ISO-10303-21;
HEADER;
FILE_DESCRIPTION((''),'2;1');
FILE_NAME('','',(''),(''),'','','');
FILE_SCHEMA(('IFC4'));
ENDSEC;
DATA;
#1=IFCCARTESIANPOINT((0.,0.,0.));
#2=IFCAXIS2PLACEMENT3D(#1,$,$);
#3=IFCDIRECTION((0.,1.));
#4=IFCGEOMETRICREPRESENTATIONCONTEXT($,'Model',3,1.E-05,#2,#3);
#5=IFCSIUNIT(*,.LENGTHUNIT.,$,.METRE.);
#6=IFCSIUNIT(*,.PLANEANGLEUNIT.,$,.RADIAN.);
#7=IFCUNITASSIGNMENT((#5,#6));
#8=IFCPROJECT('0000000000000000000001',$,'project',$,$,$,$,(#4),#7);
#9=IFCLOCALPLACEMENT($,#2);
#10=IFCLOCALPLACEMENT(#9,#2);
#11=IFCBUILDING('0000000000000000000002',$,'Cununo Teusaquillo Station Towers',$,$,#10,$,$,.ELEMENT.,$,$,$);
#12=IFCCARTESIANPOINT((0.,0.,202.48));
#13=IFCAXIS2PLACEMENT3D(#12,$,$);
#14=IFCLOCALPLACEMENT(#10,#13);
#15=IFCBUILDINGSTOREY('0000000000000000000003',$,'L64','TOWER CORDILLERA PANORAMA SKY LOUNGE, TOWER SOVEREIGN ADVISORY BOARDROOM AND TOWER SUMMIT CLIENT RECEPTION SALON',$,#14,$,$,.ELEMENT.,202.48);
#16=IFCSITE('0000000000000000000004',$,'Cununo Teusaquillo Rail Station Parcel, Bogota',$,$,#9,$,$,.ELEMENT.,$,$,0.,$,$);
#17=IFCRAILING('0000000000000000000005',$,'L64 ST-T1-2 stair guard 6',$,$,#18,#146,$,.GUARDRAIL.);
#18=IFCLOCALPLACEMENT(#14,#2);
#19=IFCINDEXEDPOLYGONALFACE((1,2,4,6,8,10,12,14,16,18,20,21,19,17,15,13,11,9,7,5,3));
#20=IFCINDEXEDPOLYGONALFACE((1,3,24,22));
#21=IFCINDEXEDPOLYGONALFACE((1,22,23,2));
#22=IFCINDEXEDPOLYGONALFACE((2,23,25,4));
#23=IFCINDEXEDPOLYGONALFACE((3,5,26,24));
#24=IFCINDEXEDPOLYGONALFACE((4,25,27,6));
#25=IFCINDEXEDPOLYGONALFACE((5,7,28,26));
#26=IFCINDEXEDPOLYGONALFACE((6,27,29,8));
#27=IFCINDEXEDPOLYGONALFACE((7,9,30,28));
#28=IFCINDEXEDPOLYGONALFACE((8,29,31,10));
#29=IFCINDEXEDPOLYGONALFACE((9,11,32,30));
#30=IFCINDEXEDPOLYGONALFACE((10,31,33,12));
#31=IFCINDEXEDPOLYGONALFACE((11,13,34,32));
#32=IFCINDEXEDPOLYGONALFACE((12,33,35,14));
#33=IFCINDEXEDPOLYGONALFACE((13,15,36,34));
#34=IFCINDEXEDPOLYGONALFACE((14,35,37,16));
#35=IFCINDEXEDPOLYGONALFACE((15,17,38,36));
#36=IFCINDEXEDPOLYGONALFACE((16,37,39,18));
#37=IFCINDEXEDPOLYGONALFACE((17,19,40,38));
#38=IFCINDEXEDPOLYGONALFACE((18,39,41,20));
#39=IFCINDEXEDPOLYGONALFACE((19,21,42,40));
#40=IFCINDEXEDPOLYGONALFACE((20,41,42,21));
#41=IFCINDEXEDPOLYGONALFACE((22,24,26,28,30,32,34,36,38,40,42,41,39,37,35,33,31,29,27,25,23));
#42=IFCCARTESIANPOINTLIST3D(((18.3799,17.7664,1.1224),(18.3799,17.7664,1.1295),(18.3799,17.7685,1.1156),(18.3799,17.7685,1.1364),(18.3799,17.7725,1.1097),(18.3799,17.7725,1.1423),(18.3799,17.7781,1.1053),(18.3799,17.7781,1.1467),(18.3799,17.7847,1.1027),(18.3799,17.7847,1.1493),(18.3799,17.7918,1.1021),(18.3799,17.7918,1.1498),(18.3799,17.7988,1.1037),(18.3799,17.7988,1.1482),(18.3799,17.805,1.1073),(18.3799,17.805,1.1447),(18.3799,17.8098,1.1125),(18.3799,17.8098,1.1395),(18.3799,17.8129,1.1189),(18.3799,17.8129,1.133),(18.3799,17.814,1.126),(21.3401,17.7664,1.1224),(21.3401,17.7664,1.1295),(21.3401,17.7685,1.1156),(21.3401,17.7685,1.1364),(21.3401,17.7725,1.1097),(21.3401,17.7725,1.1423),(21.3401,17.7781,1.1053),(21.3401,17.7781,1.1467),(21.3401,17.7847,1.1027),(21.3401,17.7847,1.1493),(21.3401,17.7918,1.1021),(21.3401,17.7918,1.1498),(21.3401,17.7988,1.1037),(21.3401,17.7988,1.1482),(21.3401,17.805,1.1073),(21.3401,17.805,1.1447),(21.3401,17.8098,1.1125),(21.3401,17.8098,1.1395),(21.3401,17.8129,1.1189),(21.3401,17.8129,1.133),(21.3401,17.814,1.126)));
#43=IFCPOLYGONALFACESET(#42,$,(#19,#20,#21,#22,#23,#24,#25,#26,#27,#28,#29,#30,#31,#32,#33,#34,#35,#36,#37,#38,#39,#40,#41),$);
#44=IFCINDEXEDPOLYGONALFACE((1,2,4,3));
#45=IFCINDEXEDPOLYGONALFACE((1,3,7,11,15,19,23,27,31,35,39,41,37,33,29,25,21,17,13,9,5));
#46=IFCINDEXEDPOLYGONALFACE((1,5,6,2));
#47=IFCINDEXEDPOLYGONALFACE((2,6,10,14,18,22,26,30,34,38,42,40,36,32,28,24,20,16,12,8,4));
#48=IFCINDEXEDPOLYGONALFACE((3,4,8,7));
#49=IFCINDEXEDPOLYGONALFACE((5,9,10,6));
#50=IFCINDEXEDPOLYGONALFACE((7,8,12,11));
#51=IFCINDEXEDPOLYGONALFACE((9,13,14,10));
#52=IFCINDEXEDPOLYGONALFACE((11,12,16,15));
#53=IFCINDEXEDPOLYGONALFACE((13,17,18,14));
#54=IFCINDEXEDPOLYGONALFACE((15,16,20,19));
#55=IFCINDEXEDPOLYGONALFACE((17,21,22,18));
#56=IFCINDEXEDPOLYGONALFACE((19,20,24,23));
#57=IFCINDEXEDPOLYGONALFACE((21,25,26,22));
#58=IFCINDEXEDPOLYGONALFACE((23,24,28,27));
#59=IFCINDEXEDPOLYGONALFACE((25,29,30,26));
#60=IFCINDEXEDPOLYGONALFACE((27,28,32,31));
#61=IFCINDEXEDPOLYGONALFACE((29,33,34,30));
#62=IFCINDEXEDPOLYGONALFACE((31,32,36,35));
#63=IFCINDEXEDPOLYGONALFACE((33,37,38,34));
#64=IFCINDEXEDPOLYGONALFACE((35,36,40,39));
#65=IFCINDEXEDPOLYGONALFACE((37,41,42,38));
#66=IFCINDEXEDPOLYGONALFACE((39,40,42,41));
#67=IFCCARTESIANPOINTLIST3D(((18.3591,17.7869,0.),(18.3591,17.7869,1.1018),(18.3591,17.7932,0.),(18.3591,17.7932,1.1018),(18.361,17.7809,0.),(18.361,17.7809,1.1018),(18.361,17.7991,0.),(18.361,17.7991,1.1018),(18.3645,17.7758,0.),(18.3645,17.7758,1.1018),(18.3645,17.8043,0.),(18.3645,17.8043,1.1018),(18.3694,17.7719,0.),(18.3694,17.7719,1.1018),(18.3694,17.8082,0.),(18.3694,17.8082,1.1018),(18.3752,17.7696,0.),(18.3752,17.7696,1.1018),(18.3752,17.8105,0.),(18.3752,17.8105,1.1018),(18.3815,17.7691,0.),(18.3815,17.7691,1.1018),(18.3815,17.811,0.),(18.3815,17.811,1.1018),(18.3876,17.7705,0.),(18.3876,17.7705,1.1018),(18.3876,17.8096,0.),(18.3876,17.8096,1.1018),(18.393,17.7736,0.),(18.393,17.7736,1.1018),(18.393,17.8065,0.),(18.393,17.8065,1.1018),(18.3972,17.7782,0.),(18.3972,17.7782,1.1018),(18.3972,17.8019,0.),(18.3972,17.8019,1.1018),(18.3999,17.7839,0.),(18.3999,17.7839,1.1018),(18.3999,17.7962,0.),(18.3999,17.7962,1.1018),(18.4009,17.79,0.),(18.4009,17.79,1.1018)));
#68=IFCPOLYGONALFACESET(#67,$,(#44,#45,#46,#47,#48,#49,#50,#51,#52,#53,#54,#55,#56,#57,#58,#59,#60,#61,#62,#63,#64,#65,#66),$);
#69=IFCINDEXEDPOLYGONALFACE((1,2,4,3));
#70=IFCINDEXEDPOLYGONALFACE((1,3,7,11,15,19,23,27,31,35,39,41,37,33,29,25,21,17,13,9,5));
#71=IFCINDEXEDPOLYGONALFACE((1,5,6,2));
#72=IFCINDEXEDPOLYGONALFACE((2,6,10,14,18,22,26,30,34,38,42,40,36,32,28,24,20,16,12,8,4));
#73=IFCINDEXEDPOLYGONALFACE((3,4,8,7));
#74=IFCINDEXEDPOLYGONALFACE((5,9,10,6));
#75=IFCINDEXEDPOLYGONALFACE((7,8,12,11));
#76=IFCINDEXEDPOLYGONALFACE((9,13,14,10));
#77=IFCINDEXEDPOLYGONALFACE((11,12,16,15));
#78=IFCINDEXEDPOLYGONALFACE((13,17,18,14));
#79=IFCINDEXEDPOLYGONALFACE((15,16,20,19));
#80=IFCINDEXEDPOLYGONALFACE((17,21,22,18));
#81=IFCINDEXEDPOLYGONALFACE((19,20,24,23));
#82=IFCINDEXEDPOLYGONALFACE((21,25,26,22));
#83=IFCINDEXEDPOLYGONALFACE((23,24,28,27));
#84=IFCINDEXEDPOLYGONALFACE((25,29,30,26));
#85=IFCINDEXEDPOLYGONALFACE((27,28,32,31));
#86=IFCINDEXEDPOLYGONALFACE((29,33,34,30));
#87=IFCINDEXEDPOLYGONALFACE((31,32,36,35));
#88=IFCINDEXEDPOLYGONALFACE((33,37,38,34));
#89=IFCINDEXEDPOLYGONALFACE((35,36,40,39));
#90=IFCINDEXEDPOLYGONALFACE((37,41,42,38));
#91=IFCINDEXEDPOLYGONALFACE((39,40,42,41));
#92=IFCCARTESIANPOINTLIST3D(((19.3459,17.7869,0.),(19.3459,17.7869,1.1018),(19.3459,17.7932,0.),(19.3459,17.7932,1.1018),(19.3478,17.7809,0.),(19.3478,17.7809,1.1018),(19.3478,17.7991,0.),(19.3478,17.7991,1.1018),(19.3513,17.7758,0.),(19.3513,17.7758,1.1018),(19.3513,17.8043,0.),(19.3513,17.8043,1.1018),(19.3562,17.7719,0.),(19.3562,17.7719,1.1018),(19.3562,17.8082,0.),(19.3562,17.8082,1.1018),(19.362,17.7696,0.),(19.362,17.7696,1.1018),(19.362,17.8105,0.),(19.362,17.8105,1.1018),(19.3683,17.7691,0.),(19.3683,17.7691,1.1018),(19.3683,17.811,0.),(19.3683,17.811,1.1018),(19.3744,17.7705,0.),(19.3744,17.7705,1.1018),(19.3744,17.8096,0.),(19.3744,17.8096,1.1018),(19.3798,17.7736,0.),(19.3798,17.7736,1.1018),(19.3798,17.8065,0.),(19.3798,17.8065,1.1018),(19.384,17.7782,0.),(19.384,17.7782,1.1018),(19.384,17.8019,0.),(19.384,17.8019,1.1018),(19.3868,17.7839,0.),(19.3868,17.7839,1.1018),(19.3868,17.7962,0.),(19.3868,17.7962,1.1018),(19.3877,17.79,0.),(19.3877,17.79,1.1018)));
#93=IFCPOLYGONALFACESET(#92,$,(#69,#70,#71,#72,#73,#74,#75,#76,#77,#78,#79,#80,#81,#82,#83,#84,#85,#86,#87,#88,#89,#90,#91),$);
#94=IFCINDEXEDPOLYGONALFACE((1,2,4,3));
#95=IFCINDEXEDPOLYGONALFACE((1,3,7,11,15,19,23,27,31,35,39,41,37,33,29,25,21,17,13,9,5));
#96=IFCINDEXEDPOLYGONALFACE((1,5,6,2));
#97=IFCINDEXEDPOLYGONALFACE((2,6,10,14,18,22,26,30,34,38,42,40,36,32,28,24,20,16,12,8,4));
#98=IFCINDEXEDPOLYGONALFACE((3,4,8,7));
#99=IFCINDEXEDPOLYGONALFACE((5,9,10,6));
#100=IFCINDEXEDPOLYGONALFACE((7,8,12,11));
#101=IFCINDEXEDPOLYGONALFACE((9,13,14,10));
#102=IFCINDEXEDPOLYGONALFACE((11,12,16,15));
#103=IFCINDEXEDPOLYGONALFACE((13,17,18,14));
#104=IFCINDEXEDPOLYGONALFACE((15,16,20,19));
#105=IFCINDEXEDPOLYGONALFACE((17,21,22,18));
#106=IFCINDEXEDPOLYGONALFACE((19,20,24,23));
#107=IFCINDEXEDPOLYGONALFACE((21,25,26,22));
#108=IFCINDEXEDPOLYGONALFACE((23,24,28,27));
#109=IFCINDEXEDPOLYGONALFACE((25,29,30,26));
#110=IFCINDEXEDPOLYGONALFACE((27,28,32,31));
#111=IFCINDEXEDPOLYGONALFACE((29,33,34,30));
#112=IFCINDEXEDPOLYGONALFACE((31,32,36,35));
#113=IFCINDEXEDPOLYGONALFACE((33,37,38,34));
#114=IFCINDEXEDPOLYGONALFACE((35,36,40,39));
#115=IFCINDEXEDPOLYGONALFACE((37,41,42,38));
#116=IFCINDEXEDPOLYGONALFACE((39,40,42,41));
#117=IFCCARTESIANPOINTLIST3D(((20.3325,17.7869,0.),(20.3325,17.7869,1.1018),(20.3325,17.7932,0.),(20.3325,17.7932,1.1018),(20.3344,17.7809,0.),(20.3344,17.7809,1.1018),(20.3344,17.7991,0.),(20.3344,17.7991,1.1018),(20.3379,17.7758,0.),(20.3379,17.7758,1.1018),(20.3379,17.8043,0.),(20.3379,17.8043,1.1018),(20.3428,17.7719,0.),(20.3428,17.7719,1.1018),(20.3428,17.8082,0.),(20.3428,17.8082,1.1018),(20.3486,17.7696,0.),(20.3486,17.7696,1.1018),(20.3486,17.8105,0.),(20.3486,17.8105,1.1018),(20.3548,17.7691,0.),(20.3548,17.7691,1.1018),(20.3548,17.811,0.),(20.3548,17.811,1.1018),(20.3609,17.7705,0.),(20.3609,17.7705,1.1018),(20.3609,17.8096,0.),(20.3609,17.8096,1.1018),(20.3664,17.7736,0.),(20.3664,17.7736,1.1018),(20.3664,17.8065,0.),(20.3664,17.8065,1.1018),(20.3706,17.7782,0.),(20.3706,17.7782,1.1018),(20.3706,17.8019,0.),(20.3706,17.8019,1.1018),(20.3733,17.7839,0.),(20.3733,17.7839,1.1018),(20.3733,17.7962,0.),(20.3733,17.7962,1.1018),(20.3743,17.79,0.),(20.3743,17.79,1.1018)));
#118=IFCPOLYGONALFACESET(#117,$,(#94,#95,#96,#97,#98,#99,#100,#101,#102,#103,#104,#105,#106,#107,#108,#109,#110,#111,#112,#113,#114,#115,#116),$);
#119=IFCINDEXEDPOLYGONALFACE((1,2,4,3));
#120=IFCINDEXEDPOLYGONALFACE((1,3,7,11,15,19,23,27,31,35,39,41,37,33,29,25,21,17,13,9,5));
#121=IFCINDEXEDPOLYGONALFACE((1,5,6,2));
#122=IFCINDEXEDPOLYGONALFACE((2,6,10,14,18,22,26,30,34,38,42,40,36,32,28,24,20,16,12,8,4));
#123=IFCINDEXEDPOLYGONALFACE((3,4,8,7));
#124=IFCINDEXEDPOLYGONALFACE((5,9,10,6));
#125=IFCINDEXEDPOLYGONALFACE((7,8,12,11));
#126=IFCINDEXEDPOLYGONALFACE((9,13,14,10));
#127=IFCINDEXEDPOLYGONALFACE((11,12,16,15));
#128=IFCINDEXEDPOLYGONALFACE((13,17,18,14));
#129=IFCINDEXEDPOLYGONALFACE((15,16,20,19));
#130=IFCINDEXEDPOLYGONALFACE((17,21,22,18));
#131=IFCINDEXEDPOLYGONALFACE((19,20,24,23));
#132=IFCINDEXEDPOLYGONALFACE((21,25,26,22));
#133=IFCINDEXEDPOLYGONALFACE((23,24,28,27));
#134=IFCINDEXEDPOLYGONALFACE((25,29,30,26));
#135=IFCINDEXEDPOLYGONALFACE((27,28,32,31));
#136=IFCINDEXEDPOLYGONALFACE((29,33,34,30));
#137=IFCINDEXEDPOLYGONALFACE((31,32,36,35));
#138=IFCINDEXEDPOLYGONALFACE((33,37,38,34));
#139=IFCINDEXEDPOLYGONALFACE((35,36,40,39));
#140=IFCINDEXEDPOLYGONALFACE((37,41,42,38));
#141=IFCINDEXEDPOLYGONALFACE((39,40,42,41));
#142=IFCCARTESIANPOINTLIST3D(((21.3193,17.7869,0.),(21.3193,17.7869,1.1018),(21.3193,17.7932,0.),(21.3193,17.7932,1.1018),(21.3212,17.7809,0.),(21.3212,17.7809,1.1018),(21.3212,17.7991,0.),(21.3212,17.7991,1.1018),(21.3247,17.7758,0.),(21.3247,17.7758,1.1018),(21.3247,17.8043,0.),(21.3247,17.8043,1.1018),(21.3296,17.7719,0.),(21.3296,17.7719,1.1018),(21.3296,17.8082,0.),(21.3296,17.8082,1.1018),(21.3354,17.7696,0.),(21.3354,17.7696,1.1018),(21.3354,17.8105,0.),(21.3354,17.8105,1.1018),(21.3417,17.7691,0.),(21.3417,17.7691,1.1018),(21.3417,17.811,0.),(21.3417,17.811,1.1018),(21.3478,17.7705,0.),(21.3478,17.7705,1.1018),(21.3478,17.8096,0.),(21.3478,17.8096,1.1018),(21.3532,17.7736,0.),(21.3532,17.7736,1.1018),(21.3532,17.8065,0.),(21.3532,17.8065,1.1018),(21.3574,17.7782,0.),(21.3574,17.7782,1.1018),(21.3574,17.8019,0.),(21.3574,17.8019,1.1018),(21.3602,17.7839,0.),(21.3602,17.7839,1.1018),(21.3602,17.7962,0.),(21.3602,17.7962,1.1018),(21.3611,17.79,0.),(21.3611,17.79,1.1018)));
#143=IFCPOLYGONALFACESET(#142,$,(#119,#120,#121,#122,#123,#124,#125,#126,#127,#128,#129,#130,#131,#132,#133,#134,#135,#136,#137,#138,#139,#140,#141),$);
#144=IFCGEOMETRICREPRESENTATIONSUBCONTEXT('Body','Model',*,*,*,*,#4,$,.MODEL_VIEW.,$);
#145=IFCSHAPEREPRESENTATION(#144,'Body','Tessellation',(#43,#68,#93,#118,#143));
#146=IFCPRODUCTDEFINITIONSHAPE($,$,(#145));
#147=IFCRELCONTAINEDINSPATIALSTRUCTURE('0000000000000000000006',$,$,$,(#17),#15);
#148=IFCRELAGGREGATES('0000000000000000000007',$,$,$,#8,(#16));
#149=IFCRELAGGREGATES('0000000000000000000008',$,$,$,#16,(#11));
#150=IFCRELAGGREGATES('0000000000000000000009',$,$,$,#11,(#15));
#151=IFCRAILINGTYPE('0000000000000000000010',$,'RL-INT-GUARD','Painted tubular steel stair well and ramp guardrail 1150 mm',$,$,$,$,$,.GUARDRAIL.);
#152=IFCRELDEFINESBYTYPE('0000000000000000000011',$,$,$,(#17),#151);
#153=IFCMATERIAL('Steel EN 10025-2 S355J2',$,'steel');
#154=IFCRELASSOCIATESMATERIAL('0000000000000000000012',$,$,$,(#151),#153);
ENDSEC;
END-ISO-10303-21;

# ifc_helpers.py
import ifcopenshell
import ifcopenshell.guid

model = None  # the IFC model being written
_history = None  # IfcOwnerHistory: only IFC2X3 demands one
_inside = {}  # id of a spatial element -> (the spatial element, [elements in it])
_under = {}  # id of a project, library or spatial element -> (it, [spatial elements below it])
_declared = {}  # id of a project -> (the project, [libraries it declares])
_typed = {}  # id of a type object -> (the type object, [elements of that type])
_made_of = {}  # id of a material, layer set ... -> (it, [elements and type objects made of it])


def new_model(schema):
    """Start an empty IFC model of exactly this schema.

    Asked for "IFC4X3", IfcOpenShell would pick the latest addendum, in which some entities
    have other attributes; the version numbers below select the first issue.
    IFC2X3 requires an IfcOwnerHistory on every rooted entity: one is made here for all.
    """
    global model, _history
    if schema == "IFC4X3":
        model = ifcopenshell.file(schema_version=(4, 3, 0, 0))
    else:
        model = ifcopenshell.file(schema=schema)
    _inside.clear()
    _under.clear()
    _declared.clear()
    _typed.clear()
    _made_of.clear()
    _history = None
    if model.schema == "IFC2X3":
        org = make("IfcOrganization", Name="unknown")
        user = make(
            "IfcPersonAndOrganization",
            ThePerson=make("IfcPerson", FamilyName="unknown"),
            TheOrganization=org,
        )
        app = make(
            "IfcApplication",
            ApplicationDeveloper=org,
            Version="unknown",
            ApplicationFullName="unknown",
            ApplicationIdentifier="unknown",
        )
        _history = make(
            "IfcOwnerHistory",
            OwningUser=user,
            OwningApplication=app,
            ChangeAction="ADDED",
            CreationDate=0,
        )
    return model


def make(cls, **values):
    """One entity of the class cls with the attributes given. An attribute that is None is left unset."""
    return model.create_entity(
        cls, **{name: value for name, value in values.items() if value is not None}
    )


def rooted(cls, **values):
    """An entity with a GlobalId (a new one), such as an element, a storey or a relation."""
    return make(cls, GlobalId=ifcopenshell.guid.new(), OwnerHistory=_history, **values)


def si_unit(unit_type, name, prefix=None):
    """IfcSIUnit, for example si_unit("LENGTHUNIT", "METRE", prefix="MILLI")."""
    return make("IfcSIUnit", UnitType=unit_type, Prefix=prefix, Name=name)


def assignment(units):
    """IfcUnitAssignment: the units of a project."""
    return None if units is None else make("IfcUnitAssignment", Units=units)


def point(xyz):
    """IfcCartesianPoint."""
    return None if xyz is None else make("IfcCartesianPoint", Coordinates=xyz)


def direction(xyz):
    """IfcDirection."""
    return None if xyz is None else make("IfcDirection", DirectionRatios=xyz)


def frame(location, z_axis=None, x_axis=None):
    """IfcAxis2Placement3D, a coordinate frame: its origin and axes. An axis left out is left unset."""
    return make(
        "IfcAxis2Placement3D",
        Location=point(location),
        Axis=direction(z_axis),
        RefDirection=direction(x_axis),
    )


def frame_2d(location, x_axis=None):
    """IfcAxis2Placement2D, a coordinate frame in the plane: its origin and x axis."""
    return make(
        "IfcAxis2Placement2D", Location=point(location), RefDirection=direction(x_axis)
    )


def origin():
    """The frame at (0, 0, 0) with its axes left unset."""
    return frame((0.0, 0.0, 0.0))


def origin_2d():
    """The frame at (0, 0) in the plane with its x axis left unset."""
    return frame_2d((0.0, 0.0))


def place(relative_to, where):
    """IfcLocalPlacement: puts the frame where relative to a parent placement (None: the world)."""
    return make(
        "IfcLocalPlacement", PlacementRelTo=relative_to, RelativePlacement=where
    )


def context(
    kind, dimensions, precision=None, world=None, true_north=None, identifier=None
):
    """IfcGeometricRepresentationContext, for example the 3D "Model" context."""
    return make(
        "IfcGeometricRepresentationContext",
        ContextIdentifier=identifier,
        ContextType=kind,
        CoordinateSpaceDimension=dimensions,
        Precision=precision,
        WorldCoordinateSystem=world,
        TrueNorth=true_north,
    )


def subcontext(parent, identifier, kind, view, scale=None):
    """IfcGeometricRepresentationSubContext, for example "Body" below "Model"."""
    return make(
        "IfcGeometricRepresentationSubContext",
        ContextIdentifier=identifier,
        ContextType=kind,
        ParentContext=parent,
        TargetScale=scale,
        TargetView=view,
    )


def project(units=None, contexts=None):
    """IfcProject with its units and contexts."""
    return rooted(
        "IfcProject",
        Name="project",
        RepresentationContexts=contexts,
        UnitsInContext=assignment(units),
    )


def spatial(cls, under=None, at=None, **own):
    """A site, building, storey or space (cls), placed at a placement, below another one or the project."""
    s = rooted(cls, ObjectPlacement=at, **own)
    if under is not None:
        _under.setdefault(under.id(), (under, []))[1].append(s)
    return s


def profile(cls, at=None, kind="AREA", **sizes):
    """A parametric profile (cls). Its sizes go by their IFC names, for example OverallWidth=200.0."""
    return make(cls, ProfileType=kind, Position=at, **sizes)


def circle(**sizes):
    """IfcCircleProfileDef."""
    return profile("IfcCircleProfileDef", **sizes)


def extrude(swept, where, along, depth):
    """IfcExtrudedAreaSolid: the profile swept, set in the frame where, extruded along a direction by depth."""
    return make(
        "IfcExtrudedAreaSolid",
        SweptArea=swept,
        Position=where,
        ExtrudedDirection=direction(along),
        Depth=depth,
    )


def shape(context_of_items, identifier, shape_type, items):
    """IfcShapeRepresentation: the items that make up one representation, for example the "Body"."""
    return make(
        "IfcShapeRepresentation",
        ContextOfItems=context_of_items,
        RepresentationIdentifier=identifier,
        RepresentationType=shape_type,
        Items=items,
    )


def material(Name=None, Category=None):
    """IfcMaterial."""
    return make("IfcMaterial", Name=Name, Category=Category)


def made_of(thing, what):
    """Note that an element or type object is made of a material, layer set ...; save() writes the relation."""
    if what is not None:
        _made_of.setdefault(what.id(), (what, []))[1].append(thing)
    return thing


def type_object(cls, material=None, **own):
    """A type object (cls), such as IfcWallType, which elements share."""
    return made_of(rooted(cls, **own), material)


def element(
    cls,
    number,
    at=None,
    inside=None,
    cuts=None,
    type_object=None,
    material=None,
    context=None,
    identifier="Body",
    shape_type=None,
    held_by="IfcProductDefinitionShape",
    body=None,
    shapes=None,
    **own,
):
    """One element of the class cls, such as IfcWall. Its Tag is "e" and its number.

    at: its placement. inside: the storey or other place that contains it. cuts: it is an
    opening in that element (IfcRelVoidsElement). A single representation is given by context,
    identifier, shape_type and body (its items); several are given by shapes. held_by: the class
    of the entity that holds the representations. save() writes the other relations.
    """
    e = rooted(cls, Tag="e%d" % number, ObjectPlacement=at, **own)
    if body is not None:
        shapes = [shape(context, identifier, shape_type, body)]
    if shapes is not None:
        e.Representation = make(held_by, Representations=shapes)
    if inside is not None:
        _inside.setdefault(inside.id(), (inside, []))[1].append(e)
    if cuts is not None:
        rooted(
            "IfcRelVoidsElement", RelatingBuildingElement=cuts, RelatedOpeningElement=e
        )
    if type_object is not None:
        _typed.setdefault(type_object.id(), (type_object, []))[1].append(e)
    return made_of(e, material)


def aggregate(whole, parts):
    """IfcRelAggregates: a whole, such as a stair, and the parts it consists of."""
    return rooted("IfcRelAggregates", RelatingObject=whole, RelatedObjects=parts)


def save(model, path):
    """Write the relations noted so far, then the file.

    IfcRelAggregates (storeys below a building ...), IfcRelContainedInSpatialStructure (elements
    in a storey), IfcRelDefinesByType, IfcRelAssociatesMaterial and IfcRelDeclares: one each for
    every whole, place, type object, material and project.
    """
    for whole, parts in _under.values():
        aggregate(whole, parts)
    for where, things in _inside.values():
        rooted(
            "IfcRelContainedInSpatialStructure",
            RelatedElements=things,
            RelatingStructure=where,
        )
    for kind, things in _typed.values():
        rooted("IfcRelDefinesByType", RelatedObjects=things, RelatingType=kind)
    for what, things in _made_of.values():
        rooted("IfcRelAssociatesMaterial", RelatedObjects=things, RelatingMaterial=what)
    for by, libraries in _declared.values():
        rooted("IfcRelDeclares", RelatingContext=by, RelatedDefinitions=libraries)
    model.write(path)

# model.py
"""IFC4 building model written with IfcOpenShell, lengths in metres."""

from ifc_helpers import new_model, si_unit, direction, frame, origin, origin_2d, place, context, subcontext, project, spatial, circle, extrude, material, type_object, element, save


model = new_model("IFC4")

# Units and contexts
model_context = context("Model", 3, precision=1e-05, world=origin(), true_north=direction((0.0, 1.0)))
body_context = subcontext(model_context, "Body", "Model", "MODEL_VIEW")
ifc_project = project(units=[si_unit("LENGTHUNIT", "METRE"), si_unit("PLANEANGLEUNIT", "RADIAN")], contexts=[model_context])

# Site, building, storey
site_placement = place(None, origin())
site = spatial("IfcSite", under=ifc_project, at=site_placement, Name="Cununo Teusaquillo Rail Station Parcel, Bogota", CompositionType="ELEMENT", RefElevation=0.0)
building_placement = place(site_placement, origin())
building = spatial("IfcBuilding", under=site, at=building_placement, Name="Cununo Teusaquillo Station Towers", CompositionType="ELEMENT")
storey_placement = place(building_placement, frame((0.0, 0.0, 202.48)))
storey = spatial("IfcBuildingStorey", under=building, at=storey_placement, Name="L64", Description="TOWER CORDILLERA PANORAMA SKY LOUNGE, TOWER SOVEREIGN ADVISORY BOARDROOM AND TOWER SUMMIT CLIENT RECEPTION SALON", CompositionType="ELEMENT", Elevation=202.48)

# Railing
ifc_material_1 = material(Name="Steel EN 10025-2 S355J2", Category="steel")
railing_type_1 = type_object("IfcRailingType", Name="RL-INT-GUARD", Description="Painted tubular steel stair well and ramp guardrail 1150 mm", PredefinedType="GUARDRAIL", material=ifc_material_1)
railing_1_placement = place(storey_placement, frame((18.3799, 17.79, 0.0)))
element("IfcRailing", 1, at=railing_1_placement, inside=storey, type_object=railing_type_1, Name="L64 ST-T1-2 stair guard 6", PredefinedType="GUARDRAIL", context=body_context, shape_type="SweptSolid", body=[
    extrude(circle(Radius=0.0239, at=origin_2d()), frame((0.0, 0.0, 1.126), z_axis=(1.0, 0.0, 0.0), x_axis=(0.0, 1.0, 0.0)), (0.0, 0.0, 1.0), 2.9602),
    extrude(circle(Radius=0.021, at=origin_2d()), origin(), (0.0, 0.0, 1.0), 1.1018),
    extrude(circle(Radius=0.021, at=origin_2d()), frame((0.9868, 0.0, 0.0)), (0.0, 0.0, 1.0), 1.1018),
    extrude(circle(Radius=0.021, at=origin_2d()), frame((1.9734, 0.0, 0.0)), (0.0, 0.0, 1.0), 1.1018),
    extrude(circle(Radius=0.021, at=origin_2d()), frame((2.9602, 0.0, 0.0)), (0.0, 0.0, 1.0), 1.1018),
])

save(model, "model.ifc")
